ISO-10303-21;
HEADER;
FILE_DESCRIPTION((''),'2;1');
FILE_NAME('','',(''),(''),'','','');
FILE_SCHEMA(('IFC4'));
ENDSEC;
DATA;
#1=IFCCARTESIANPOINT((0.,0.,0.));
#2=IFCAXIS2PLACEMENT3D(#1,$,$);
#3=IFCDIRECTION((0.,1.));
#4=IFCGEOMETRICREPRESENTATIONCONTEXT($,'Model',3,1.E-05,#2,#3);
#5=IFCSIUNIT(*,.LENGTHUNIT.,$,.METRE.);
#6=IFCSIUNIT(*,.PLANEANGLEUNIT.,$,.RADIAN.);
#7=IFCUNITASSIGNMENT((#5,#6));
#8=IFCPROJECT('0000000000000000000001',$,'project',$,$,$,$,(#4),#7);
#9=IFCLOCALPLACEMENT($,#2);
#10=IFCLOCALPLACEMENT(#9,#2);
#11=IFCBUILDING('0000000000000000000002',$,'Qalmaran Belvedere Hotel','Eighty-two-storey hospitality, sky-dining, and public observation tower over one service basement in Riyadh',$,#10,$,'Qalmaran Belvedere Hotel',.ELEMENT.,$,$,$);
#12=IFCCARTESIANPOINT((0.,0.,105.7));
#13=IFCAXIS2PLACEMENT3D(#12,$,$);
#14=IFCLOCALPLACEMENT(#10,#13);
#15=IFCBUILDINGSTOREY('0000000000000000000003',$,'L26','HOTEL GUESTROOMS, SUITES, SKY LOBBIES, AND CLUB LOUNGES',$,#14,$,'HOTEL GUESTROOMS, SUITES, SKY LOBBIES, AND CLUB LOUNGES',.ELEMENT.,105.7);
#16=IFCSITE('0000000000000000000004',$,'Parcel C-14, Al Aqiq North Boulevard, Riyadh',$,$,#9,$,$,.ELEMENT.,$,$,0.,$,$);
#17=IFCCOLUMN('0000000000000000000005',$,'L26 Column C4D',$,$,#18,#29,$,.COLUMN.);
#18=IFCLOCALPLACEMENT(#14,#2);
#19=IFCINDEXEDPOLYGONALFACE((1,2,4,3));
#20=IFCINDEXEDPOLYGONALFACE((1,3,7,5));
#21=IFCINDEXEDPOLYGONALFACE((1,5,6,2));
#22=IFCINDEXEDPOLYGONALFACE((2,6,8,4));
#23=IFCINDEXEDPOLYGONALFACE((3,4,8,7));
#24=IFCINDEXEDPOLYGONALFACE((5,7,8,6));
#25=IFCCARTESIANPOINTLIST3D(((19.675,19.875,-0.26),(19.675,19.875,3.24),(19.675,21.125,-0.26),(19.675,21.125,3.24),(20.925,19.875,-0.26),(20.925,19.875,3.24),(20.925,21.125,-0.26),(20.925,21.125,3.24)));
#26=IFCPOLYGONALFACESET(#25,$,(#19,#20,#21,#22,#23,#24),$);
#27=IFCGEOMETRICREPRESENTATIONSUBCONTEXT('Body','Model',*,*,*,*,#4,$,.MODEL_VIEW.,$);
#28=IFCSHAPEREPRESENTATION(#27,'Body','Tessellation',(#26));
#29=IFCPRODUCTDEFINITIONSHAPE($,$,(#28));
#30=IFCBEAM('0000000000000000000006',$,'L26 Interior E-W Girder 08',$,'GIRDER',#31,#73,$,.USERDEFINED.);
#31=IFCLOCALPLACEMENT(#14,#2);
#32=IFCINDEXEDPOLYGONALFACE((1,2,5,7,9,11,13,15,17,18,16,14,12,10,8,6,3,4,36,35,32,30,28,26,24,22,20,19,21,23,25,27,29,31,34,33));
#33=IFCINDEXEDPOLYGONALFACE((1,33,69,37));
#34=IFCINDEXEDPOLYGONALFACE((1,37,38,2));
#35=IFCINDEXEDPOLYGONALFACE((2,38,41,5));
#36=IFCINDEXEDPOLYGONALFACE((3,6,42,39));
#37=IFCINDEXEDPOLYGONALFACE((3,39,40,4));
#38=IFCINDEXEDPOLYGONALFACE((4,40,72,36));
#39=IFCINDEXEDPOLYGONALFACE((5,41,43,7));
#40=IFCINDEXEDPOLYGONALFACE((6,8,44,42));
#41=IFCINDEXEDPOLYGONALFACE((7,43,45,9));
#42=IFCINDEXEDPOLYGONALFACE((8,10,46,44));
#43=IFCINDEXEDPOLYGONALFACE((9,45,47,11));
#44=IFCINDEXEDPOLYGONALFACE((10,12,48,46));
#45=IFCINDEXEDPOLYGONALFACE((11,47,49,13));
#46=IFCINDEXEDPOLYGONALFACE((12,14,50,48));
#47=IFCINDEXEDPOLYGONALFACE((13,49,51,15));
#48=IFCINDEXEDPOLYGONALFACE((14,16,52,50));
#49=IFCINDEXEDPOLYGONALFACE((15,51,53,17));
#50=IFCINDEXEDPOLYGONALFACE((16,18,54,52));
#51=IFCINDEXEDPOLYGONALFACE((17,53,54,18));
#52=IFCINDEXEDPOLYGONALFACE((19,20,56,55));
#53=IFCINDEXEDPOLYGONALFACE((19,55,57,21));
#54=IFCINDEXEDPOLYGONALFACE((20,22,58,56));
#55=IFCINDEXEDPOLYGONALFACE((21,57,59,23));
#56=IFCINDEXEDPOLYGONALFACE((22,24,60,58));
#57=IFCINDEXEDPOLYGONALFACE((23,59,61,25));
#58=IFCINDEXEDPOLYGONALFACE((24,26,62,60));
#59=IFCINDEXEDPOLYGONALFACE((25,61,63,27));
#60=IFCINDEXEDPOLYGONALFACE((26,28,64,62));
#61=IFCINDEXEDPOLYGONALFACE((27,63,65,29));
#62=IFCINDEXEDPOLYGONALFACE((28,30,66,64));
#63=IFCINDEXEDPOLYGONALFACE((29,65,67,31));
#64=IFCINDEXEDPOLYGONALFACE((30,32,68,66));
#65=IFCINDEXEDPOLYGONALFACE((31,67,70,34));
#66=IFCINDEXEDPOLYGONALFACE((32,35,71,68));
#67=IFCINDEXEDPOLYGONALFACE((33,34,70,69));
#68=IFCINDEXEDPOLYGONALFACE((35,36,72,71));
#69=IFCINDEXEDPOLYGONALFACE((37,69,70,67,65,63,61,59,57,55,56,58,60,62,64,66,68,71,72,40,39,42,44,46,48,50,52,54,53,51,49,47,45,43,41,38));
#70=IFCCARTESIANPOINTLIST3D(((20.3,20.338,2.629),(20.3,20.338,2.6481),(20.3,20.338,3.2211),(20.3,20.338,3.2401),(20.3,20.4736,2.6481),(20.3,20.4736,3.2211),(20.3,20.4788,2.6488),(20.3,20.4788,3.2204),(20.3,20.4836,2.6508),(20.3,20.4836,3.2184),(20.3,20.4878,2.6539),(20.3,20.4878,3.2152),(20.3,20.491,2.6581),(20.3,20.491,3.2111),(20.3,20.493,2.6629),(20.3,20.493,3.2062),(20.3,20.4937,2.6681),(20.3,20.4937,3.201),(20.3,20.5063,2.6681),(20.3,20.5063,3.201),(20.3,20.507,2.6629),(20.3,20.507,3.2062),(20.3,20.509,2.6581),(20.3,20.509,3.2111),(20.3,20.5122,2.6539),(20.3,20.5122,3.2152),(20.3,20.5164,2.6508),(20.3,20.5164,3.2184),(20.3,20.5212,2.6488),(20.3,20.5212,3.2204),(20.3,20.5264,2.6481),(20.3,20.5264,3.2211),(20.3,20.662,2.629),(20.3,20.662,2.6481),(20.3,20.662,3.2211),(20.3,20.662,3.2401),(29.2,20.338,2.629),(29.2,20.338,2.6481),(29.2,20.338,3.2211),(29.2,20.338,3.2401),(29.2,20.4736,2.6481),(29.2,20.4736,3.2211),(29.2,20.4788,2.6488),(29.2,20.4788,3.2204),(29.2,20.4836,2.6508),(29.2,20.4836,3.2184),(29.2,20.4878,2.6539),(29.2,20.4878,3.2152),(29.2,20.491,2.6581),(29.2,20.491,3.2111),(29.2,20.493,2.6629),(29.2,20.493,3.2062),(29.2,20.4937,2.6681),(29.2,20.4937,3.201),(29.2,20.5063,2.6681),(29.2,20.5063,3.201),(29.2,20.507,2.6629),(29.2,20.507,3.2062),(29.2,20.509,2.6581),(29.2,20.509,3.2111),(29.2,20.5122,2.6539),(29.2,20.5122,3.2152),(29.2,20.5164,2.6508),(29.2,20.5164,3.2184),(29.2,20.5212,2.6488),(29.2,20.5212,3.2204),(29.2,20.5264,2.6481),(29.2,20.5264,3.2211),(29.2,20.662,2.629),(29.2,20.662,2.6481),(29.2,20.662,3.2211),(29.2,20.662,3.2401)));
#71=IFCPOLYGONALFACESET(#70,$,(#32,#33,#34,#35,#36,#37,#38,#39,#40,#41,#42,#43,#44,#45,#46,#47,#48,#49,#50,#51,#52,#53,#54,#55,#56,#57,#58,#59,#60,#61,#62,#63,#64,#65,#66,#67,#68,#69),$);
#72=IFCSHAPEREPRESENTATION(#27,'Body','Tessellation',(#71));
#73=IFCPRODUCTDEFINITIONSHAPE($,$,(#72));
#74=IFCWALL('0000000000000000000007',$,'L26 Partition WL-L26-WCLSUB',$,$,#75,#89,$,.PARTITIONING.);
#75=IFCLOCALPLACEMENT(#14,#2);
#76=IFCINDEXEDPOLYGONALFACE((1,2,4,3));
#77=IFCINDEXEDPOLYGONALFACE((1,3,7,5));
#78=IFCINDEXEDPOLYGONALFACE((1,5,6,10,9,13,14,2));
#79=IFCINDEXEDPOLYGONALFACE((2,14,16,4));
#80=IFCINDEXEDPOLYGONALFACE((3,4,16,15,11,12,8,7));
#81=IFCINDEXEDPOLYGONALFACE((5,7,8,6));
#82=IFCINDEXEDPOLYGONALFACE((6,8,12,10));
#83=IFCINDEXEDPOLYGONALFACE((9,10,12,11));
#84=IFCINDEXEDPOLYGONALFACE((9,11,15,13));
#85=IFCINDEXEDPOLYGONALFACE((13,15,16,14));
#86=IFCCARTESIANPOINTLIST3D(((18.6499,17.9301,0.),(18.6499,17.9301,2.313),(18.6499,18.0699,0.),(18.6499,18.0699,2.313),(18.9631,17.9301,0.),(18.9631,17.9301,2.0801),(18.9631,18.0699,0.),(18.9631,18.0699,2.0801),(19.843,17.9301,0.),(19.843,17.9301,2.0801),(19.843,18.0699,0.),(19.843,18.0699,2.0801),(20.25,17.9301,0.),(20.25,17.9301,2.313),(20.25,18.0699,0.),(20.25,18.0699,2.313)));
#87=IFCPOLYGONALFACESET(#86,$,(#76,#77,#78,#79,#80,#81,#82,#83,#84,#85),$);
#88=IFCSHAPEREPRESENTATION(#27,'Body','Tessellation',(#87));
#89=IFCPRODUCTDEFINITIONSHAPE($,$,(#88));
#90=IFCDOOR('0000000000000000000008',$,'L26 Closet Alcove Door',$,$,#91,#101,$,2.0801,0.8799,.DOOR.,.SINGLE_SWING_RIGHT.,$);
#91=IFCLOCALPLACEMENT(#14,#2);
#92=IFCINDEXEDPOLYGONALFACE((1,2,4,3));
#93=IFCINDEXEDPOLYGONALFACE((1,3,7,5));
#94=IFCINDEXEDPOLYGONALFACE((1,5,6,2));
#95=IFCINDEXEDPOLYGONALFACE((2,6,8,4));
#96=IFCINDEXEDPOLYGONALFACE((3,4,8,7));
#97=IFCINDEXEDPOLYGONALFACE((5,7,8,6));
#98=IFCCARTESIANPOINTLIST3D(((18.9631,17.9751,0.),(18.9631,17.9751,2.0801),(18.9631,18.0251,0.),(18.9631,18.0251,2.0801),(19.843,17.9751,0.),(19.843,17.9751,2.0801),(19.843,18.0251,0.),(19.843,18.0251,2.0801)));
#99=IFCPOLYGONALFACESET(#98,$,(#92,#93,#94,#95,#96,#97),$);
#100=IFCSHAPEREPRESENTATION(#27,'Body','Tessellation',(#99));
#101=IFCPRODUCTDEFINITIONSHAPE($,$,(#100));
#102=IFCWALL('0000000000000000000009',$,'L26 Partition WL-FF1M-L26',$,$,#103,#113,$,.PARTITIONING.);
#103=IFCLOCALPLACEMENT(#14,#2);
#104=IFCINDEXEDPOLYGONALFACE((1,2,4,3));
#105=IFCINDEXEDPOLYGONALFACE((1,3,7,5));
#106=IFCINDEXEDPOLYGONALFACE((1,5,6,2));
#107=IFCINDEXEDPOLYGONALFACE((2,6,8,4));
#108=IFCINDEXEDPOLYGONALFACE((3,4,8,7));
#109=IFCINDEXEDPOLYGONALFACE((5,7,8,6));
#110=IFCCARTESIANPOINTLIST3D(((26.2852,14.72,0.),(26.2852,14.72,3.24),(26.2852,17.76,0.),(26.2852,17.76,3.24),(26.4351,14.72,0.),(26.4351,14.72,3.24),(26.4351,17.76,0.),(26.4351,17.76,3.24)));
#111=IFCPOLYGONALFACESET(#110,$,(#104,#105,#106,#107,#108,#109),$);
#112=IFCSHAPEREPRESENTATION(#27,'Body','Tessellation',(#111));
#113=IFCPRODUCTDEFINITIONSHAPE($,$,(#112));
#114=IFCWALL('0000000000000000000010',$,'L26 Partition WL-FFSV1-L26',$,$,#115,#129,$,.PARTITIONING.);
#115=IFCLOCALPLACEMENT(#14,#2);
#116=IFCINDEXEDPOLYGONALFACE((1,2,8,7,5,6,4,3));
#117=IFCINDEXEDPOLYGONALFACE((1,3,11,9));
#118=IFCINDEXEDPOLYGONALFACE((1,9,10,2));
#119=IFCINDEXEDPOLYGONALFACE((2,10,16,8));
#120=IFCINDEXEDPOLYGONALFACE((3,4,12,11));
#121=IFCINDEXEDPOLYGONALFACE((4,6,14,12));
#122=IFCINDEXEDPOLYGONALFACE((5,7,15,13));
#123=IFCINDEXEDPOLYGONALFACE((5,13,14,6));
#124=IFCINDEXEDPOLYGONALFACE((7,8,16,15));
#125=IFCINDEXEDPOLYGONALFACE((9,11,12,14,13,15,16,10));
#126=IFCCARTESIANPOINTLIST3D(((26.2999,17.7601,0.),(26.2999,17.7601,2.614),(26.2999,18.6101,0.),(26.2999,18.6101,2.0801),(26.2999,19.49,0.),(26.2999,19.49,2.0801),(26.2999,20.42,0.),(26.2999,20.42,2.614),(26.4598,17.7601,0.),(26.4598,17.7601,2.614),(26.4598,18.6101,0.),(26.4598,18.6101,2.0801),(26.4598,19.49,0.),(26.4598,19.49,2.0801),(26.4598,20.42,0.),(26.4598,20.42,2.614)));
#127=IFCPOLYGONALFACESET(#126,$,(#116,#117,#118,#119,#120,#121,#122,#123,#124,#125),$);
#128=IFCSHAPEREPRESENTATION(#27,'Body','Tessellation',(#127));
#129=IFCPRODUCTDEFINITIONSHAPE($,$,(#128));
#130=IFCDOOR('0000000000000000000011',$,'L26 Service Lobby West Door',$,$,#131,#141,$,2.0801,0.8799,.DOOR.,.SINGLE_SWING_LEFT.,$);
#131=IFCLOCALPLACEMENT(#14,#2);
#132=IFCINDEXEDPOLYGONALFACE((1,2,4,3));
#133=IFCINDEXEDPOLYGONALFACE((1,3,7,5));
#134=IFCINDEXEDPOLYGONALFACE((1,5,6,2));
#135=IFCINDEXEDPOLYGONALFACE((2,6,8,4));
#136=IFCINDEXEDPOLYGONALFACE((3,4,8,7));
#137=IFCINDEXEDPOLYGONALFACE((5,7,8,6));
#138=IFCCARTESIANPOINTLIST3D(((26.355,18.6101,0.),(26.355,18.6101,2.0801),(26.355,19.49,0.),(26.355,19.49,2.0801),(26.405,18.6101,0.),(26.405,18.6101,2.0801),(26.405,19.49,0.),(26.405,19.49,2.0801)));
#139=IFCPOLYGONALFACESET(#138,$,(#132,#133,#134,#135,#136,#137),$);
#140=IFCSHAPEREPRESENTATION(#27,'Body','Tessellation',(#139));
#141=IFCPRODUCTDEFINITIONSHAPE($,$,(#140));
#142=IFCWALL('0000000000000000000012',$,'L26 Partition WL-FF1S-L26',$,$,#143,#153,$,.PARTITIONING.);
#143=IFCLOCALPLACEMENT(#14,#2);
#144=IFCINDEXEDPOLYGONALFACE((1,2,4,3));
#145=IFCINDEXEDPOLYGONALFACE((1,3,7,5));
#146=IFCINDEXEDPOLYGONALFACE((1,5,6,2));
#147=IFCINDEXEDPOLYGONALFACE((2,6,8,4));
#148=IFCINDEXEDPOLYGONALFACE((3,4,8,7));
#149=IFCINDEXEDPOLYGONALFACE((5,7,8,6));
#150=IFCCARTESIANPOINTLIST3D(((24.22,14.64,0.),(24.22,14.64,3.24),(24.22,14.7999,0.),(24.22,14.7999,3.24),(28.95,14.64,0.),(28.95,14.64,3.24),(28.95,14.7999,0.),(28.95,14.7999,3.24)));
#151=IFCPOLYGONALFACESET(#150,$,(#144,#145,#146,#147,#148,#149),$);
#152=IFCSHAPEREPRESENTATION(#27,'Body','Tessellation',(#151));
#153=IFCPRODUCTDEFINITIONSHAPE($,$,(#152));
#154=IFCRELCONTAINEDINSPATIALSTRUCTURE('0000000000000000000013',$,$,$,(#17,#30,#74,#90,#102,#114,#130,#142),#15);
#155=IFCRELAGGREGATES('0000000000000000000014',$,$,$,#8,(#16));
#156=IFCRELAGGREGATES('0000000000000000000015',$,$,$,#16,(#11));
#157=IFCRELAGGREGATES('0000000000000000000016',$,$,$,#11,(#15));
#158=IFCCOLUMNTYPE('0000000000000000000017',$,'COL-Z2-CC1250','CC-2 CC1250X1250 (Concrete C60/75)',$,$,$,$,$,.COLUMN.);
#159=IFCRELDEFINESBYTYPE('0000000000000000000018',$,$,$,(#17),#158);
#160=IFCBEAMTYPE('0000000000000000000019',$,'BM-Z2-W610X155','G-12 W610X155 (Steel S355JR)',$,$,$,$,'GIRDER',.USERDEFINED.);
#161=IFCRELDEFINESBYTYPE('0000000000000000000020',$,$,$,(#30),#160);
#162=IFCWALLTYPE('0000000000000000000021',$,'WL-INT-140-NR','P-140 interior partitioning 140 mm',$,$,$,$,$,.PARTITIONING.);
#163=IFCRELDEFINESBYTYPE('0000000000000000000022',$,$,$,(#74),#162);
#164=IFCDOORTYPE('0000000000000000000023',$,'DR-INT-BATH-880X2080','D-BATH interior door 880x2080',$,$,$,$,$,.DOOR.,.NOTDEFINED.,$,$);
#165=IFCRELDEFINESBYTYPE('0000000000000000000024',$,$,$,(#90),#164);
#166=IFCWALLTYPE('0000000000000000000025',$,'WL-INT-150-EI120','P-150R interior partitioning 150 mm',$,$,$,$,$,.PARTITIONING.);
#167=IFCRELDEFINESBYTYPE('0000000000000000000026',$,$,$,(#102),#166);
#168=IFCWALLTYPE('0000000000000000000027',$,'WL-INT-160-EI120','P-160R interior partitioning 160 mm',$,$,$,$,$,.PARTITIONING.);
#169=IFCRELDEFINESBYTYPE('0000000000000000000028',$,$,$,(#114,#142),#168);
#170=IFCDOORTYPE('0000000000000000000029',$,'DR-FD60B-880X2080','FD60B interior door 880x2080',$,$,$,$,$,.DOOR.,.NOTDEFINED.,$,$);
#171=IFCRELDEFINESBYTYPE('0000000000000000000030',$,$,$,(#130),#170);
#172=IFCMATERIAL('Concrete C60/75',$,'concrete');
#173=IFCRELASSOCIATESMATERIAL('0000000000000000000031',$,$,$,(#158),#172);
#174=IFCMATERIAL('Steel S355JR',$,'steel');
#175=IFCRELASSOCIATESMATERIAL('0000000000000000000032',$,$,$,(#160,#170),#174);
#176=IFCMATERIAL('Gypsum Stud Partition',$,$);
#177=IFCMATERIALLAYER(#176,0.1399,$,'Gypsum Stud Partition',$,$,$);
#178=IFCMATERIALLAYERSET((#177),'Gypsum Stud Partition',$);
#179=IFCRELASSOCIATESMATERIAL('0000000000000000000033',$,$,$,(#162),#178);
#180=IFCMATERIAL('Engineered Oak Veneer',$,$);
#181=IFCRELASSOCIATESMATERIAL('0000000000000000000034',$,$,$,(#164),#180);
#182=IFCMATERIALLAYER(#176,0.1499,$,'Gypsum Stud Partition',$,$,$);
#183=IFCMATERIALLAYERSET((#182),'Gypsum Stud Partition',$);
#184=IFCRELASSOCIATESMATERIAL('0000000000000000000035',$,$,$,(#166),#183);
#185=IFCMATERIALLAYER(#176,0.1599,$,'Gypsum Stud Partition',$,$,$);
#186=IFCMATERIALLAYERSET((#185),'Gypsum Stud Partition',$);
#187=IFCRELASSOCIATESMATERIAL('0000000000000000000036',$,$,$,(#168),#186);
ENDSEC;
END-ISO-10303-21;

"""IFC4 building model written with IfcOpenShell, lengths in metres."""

from ifc_helpers import new_model, si_unit, direction, frame, frame_2d, origin, origin_2d, place, context, subcontext, project, spatial, rectangle, i_section, extrude, material, layer, layer_set, material_profile, profile_set, type_object, element, fill, save


model = new_model("IFC4")

# Units and contexts
model_context = context("Model", 3, precision=1e-05, world=origin(), true_north=direction((0.0, 1.0)))
body_context = subcontext(model_context, "Body", "Model", "MODEL_VIEW")
ifc_project = project(units=[si_unit("LENGTHUNIT", "METRE"), si_unit("PLANEANGLEUNIT", "RADIAN")], contexts=[model_context])

# Site, building, storey
site_placement = place(None, origin())
site = spatial("IfcSite", under=ifc_project, at=site_placement, Name="Parcel C-14, Al Aqiq North Boulevard, Riyadh", CompositionType="ELEMENT", RefElevation=0.0)
building_placement = place(site_placement, origin())
building = spatial("IfcBuilding", under=site, at=building_placement, Name="Qalmaran Belvedere Hotel", Description="Eighty-two-storey hospitality, sky-dining, and public observation tower over one service basement in Riyadh", LongName="Qalmaran Belvedere Hotel", CompositionType="ELEMENT")
storey_placement = place(building_placement, frame((0.0, 0.0, 105.7)))
storey = spatial("IfcBuildingStorey", under=building, at=storey_placement, Name="L26", Description="HOTEL GUESTROOMS, SUITES, SKY LOBBIES, AND CLUB LOUNGES", LongName="HOTEL GUESTROOMS, SUITES, SKY LOBBIES, AND CLUB LOUNGES", CompositionType="ELEMENT", Elevation=105.7)

# Column
ifc_material_1 = material(Name="Concrete C60/75", Category="concrete")
ifc_material_profile_1 = material_profile(ifc_material_1, rectangle(XDim=1.25, YDim=1.25, at=origin_2d()), Name="CC1250X1250")
ifc_profile_set_1 = profile_set([ifc_material_profile_1], Name="Concrete C60/75")
column_type = type_object("IfcColumnType", Name="COL-Z2-CC1250", Description="CC-2 CC1250X1250 (Concrete C60/75)", PredefinedType="COLUMN", material=ifc_profile_set_1)
column_placement = place(storey_placement, frame((20.3, 20.5, -0.26), z_axis=(0.0, 0.0, 1.0), x_axis=(1.0, 0.0, 0.0)))
element("IfcColumn", 1, at=column_placement, inside=storey, type_object=column_type, Name="L26 Column C4D", PredefinedType="COLUMN", context=body_context, shape_type="SweptSolid", body=[
    extrude(rectangle(XDim=1.25, YDim=1.25, at=origin_2d()), origin(), (0.0, 0.0, 1.0), 3.5),
])

# Beam
ifc_material_2 = material(Name="Steel S355JR", Category="steel")
ifc_material_profile_2 = material_profile(ifc_material_2, i_section(OverallWidth=0.324, OverallDepth=0.6111, WebThickness=0.0127, FlangeThickness=0.019, FilletRadius=0.02, at=origin_2d()), Name="W610X155")
ifc_profile_set_2 = profile_set([ifc_material_profile_2], Name="Steel S355JR")
beam_type = type_object("IfcBeamType", Name="BM-Z2-W610X155", Description="G-12 W610X155 (Steel S355JR)", ElementType="GIRDER", PredefinedType="USERDEFINED", material=ifc_profile_set_2)
beam_placement = place(storey_placement, frame((20.3, 20.5, 2.9346), z_axis=(1.0, 0.0, 0.0), x_axis=(0.0, 1.0, 0.0)))
element("IfcBeam", 2, at=beam_placement, inside=storey, type_object=beam_type, Name="L26 Interior E-W Girder 08", ObjectType="GIRDER", PredefinedType="USERDEFINED", context=body_context, shape_type="SweptSolid", body=[
    extrude(i_section(OverallWidth=0.324, OverallDepth=0.6111, WebThickness=0.0127, FlangeThickness=0.019, FilletRadius=0.02, at=origin_2d()), origin(), (0.0, 0.0, 1.0), 8.8999),
])

# Wall, opening, door
ifc_material_3 = material(Name="Gypsum Stud Partition")
ifc_layer_1 = layer(ifc_material_3, 0.1399, Name="Gypsum Stud Partition")
ifc_layer_set_1 = layer_set([ifc_layer_1], Name="Gypsum Stud Partition")
wall_type_1 = type_object("IfcWallType", Name="WL-INT-140-NR", Description="P-140 interior partitioning 140 mm", PredefinedType="PARTITIONING", material=ifc_layer_set_1)
wall_1_placement = place(storey_placement, frame((18.6499, 18.0, 0.0), z_axis=(0.0, 0.0, 1.0), x_axis=(1.0, 0.0, 0.0)))
wall_1 = element("IfcWall", 3, at=wall_1_placement, inside=storey, type_object=wall_type_1, Name="L26 Partition WL-L26-WCLSUB", PredefinedType="PARTITIONING", context=body_context, shape_type="SweptSolid", body=[
    extrude(rectangle(XDim=1.6001, YDim=0.1399, at=frame_2d((0.8, 0.0))), origin(), (0.0, 0.0, 1.0), 2.313),
])
opening_1_placement = place(wall_1_placement, frame((1.1931, 0.0, 0.0), z_axis=(0.0, 0.0, 1.0), x_axis=(-1.0, 0.0, 0.0)))
opening_1 = element("IfcOpeningElement", 4, at=opening_1_placement, cuts=wall_1, PredefinedType="OPENING", context=body_context, shape_type="SweptSolid", body=[
    extrude(rectangle(XDim=0.8799, YDim=2.0801, at=frame_2d((0.4399, 1.04))), frame((0.0, 0.0801, 0.0), z_axis=(0.0, -1.0, 0.0), x_axis=(1.0, 0.0, 0.0)), (0.0, 0.0, 1.0), 0.1599),
])
ifc_material_4 = material(Name="Engineered Oak Veneer")
door_type_1 = type_object("IfcDoorType", Name="DR-INT-BATH-880X2080", Description="D-BATH interior door 880x2080", OperationType="NOTDEFINED", PredefinedType="DOOR", material=ifc_material_4)
door_1_placement = place(opening_1_placement, origin())
door_1 = element("IfcDoor", 5, at=door_1_placement, inside=storey, type_object=door_type_1, Name="L26 Closet Alcove Door", OperationType="SINGLE_SWING_RIGHT", OverallHeight=2.0801, OverallWidth=0.8799, PredefinedType="DOOR", context=body_context, shape_type="SweptSolid", body=[
    extrude(rectangle(XDim=0.8799, YDim=2.0801, at=frame_2d((0.4399, 1.04))), frame((0.0, 0.0249, 0.0), z_axis=(0.0, -1.0, 0.0), x_axis=(1.0, 0.0, 0.0)), (0.0, 0.0, 1.0), 0.05),
])
fill(opening_1, door_1)

# Wall
ifc_layer_2 = layer(ifc_material_3, 0.1499, Name="Gypsum Stud Partition")
ifc_layer_set_2 = layer_set([ifc_layer_2], Name="Gypsum Stud Partition")
wall_type_2 = type_object("IfcWallType", Name="WL-INT-150-EI120", Description="P-150R interior partitioning 150 mm", PredefinedType="PARTITIONING", material=ifc_layer_set_2)
wall_2_placement = place(storey_placement, frame((26.3601, 14.72, 0.0), z_axis=(0.0, 0.0, 1.0), x_axis=(0.0, 1.0, 0.0)))
element("IfcWall", 6, at=wall_2_placement, inside=storey, type_object=wall_type_2, Name="L26 Partition WL-FF1M-L26", PredefinedType="PARTITIONING", context=body_context, shape_type="SweptSolid", body=[
    extrude(rectangle(XDim=3.04, YDim=0.1499, at=frame_2d((1.52, 0.0))), origin(), (0.0, 0.0, 1.0), 3.24),
])

# Wall, opening, door
ifc_layer_3 = layer(ifc_material_3, 0.1599, Name="Gypsum Stud Partition")
ifc_layer_set_3 = layer_set([ifc_layer_3], Name="Gypsum Stud Partition")
wall_type_3 = type_object("IfcWallType", Name="WL-INT-160-EI120", Description="P-160R interior partitioning 160 mm", PredefinedType="PARTITIONING", material=ifc_layer_set_3)
wall_3_placement = place(storey_placement, frame((26.3799, 17.76, 0.0), z_axis=(0.0, 0.0, 1.0), x_axis=(0.0, 1.0, 0.0)))
wall_3 = element("IfcWall", 7, at=wall_3_placement, inside=storey, type_object=wall_type_3, Name="L26 Partition WL-FFSV1-L26", PredefinedType="PARTITIONING", context=body_context, shape_type="SweptSolid", body=[
    extrude(rectangle(XDim=2.6599, YDim=0.1599, at=frame_2d((1.3301, 0.0))), origin(), (0.0, 0.0, 1.0), 2.614),
])
opening_2_placement = place(wall_3_placement, frame((0.8501, 0.0, 0.0)))
opening_2 = element("IfcOpeningElement", 8, at=opening_2_placement, cuts=wall_3, PredefinedType="OPENING", context=body_context, shape_type="SweptSolid", body=[
    extrude(rectangle(XDim=0.8799, YDim=2.0801, at=frame_2d((0.4399, 1.04))), frame((0.0, 0.0898, 0.0), z_axis=(0.0, -1.0, 0.0), x_axis=(1.0, 0.0, 0.0)), (0.0, 0.0, 1.0), 0.1799),
])
door_type_2 = type_object("IfcDoorType", Name="DR-FD60B-880X2080", Description="FD60B interior door 880x2080", OperationType="NOTDEFINED", PredefinedType="DOOR", material=ifc_material_2)
door_2_placement = place(opening_2_placement, origin())
door_2 = element("IfcDoor", 9, at=door_2_placement, inside=storey, type_object=door_type_2, Name="L26 Service Lobby West Door", OperationType="SINGLE_SWING_LEFT", OverallHeight=2.0801, OverallWidth=0.8799, PredefinedType="DOOR", context=body_context, shape_type="SweptSolid", body=[
    extrude(rectangle(XDim=0.8799, YDim=2.0801, at=frame_2d((0.4399, 1.04))), frame((0.0, 0.0249, 0.0), z_axis=(0.0, -1.0, 0.0), x_axis=(1.0, 0.0, 0.0)), (0.0, 0.0, 1.0), 0.05),
])
fill(opening_2, door_2)

# Wall
wall_4_placement = place(storey_placement, frame((24.22, 14.72, 0.0), z_axis=(0.0, 0.0, 1.0), x_axis=(1.0, 0.0, 0.0)))
element("IfcWall", 10, at=wall_4_placement, inside=storey, type_object=wall_type_3, Name="L26 Partition WL-FF1S-L26", PredefinedType="PARTITIONING", context=body_context, shape_type="SweptSolid", body=[
    extrude(rectangle(XDim=4.73, YDim=0.1599, at=frame_2d((2.365, 0.0))), origin(), (0.0, 0.0, 1.0), 3.24),
])

save(model, "model.ifc")
